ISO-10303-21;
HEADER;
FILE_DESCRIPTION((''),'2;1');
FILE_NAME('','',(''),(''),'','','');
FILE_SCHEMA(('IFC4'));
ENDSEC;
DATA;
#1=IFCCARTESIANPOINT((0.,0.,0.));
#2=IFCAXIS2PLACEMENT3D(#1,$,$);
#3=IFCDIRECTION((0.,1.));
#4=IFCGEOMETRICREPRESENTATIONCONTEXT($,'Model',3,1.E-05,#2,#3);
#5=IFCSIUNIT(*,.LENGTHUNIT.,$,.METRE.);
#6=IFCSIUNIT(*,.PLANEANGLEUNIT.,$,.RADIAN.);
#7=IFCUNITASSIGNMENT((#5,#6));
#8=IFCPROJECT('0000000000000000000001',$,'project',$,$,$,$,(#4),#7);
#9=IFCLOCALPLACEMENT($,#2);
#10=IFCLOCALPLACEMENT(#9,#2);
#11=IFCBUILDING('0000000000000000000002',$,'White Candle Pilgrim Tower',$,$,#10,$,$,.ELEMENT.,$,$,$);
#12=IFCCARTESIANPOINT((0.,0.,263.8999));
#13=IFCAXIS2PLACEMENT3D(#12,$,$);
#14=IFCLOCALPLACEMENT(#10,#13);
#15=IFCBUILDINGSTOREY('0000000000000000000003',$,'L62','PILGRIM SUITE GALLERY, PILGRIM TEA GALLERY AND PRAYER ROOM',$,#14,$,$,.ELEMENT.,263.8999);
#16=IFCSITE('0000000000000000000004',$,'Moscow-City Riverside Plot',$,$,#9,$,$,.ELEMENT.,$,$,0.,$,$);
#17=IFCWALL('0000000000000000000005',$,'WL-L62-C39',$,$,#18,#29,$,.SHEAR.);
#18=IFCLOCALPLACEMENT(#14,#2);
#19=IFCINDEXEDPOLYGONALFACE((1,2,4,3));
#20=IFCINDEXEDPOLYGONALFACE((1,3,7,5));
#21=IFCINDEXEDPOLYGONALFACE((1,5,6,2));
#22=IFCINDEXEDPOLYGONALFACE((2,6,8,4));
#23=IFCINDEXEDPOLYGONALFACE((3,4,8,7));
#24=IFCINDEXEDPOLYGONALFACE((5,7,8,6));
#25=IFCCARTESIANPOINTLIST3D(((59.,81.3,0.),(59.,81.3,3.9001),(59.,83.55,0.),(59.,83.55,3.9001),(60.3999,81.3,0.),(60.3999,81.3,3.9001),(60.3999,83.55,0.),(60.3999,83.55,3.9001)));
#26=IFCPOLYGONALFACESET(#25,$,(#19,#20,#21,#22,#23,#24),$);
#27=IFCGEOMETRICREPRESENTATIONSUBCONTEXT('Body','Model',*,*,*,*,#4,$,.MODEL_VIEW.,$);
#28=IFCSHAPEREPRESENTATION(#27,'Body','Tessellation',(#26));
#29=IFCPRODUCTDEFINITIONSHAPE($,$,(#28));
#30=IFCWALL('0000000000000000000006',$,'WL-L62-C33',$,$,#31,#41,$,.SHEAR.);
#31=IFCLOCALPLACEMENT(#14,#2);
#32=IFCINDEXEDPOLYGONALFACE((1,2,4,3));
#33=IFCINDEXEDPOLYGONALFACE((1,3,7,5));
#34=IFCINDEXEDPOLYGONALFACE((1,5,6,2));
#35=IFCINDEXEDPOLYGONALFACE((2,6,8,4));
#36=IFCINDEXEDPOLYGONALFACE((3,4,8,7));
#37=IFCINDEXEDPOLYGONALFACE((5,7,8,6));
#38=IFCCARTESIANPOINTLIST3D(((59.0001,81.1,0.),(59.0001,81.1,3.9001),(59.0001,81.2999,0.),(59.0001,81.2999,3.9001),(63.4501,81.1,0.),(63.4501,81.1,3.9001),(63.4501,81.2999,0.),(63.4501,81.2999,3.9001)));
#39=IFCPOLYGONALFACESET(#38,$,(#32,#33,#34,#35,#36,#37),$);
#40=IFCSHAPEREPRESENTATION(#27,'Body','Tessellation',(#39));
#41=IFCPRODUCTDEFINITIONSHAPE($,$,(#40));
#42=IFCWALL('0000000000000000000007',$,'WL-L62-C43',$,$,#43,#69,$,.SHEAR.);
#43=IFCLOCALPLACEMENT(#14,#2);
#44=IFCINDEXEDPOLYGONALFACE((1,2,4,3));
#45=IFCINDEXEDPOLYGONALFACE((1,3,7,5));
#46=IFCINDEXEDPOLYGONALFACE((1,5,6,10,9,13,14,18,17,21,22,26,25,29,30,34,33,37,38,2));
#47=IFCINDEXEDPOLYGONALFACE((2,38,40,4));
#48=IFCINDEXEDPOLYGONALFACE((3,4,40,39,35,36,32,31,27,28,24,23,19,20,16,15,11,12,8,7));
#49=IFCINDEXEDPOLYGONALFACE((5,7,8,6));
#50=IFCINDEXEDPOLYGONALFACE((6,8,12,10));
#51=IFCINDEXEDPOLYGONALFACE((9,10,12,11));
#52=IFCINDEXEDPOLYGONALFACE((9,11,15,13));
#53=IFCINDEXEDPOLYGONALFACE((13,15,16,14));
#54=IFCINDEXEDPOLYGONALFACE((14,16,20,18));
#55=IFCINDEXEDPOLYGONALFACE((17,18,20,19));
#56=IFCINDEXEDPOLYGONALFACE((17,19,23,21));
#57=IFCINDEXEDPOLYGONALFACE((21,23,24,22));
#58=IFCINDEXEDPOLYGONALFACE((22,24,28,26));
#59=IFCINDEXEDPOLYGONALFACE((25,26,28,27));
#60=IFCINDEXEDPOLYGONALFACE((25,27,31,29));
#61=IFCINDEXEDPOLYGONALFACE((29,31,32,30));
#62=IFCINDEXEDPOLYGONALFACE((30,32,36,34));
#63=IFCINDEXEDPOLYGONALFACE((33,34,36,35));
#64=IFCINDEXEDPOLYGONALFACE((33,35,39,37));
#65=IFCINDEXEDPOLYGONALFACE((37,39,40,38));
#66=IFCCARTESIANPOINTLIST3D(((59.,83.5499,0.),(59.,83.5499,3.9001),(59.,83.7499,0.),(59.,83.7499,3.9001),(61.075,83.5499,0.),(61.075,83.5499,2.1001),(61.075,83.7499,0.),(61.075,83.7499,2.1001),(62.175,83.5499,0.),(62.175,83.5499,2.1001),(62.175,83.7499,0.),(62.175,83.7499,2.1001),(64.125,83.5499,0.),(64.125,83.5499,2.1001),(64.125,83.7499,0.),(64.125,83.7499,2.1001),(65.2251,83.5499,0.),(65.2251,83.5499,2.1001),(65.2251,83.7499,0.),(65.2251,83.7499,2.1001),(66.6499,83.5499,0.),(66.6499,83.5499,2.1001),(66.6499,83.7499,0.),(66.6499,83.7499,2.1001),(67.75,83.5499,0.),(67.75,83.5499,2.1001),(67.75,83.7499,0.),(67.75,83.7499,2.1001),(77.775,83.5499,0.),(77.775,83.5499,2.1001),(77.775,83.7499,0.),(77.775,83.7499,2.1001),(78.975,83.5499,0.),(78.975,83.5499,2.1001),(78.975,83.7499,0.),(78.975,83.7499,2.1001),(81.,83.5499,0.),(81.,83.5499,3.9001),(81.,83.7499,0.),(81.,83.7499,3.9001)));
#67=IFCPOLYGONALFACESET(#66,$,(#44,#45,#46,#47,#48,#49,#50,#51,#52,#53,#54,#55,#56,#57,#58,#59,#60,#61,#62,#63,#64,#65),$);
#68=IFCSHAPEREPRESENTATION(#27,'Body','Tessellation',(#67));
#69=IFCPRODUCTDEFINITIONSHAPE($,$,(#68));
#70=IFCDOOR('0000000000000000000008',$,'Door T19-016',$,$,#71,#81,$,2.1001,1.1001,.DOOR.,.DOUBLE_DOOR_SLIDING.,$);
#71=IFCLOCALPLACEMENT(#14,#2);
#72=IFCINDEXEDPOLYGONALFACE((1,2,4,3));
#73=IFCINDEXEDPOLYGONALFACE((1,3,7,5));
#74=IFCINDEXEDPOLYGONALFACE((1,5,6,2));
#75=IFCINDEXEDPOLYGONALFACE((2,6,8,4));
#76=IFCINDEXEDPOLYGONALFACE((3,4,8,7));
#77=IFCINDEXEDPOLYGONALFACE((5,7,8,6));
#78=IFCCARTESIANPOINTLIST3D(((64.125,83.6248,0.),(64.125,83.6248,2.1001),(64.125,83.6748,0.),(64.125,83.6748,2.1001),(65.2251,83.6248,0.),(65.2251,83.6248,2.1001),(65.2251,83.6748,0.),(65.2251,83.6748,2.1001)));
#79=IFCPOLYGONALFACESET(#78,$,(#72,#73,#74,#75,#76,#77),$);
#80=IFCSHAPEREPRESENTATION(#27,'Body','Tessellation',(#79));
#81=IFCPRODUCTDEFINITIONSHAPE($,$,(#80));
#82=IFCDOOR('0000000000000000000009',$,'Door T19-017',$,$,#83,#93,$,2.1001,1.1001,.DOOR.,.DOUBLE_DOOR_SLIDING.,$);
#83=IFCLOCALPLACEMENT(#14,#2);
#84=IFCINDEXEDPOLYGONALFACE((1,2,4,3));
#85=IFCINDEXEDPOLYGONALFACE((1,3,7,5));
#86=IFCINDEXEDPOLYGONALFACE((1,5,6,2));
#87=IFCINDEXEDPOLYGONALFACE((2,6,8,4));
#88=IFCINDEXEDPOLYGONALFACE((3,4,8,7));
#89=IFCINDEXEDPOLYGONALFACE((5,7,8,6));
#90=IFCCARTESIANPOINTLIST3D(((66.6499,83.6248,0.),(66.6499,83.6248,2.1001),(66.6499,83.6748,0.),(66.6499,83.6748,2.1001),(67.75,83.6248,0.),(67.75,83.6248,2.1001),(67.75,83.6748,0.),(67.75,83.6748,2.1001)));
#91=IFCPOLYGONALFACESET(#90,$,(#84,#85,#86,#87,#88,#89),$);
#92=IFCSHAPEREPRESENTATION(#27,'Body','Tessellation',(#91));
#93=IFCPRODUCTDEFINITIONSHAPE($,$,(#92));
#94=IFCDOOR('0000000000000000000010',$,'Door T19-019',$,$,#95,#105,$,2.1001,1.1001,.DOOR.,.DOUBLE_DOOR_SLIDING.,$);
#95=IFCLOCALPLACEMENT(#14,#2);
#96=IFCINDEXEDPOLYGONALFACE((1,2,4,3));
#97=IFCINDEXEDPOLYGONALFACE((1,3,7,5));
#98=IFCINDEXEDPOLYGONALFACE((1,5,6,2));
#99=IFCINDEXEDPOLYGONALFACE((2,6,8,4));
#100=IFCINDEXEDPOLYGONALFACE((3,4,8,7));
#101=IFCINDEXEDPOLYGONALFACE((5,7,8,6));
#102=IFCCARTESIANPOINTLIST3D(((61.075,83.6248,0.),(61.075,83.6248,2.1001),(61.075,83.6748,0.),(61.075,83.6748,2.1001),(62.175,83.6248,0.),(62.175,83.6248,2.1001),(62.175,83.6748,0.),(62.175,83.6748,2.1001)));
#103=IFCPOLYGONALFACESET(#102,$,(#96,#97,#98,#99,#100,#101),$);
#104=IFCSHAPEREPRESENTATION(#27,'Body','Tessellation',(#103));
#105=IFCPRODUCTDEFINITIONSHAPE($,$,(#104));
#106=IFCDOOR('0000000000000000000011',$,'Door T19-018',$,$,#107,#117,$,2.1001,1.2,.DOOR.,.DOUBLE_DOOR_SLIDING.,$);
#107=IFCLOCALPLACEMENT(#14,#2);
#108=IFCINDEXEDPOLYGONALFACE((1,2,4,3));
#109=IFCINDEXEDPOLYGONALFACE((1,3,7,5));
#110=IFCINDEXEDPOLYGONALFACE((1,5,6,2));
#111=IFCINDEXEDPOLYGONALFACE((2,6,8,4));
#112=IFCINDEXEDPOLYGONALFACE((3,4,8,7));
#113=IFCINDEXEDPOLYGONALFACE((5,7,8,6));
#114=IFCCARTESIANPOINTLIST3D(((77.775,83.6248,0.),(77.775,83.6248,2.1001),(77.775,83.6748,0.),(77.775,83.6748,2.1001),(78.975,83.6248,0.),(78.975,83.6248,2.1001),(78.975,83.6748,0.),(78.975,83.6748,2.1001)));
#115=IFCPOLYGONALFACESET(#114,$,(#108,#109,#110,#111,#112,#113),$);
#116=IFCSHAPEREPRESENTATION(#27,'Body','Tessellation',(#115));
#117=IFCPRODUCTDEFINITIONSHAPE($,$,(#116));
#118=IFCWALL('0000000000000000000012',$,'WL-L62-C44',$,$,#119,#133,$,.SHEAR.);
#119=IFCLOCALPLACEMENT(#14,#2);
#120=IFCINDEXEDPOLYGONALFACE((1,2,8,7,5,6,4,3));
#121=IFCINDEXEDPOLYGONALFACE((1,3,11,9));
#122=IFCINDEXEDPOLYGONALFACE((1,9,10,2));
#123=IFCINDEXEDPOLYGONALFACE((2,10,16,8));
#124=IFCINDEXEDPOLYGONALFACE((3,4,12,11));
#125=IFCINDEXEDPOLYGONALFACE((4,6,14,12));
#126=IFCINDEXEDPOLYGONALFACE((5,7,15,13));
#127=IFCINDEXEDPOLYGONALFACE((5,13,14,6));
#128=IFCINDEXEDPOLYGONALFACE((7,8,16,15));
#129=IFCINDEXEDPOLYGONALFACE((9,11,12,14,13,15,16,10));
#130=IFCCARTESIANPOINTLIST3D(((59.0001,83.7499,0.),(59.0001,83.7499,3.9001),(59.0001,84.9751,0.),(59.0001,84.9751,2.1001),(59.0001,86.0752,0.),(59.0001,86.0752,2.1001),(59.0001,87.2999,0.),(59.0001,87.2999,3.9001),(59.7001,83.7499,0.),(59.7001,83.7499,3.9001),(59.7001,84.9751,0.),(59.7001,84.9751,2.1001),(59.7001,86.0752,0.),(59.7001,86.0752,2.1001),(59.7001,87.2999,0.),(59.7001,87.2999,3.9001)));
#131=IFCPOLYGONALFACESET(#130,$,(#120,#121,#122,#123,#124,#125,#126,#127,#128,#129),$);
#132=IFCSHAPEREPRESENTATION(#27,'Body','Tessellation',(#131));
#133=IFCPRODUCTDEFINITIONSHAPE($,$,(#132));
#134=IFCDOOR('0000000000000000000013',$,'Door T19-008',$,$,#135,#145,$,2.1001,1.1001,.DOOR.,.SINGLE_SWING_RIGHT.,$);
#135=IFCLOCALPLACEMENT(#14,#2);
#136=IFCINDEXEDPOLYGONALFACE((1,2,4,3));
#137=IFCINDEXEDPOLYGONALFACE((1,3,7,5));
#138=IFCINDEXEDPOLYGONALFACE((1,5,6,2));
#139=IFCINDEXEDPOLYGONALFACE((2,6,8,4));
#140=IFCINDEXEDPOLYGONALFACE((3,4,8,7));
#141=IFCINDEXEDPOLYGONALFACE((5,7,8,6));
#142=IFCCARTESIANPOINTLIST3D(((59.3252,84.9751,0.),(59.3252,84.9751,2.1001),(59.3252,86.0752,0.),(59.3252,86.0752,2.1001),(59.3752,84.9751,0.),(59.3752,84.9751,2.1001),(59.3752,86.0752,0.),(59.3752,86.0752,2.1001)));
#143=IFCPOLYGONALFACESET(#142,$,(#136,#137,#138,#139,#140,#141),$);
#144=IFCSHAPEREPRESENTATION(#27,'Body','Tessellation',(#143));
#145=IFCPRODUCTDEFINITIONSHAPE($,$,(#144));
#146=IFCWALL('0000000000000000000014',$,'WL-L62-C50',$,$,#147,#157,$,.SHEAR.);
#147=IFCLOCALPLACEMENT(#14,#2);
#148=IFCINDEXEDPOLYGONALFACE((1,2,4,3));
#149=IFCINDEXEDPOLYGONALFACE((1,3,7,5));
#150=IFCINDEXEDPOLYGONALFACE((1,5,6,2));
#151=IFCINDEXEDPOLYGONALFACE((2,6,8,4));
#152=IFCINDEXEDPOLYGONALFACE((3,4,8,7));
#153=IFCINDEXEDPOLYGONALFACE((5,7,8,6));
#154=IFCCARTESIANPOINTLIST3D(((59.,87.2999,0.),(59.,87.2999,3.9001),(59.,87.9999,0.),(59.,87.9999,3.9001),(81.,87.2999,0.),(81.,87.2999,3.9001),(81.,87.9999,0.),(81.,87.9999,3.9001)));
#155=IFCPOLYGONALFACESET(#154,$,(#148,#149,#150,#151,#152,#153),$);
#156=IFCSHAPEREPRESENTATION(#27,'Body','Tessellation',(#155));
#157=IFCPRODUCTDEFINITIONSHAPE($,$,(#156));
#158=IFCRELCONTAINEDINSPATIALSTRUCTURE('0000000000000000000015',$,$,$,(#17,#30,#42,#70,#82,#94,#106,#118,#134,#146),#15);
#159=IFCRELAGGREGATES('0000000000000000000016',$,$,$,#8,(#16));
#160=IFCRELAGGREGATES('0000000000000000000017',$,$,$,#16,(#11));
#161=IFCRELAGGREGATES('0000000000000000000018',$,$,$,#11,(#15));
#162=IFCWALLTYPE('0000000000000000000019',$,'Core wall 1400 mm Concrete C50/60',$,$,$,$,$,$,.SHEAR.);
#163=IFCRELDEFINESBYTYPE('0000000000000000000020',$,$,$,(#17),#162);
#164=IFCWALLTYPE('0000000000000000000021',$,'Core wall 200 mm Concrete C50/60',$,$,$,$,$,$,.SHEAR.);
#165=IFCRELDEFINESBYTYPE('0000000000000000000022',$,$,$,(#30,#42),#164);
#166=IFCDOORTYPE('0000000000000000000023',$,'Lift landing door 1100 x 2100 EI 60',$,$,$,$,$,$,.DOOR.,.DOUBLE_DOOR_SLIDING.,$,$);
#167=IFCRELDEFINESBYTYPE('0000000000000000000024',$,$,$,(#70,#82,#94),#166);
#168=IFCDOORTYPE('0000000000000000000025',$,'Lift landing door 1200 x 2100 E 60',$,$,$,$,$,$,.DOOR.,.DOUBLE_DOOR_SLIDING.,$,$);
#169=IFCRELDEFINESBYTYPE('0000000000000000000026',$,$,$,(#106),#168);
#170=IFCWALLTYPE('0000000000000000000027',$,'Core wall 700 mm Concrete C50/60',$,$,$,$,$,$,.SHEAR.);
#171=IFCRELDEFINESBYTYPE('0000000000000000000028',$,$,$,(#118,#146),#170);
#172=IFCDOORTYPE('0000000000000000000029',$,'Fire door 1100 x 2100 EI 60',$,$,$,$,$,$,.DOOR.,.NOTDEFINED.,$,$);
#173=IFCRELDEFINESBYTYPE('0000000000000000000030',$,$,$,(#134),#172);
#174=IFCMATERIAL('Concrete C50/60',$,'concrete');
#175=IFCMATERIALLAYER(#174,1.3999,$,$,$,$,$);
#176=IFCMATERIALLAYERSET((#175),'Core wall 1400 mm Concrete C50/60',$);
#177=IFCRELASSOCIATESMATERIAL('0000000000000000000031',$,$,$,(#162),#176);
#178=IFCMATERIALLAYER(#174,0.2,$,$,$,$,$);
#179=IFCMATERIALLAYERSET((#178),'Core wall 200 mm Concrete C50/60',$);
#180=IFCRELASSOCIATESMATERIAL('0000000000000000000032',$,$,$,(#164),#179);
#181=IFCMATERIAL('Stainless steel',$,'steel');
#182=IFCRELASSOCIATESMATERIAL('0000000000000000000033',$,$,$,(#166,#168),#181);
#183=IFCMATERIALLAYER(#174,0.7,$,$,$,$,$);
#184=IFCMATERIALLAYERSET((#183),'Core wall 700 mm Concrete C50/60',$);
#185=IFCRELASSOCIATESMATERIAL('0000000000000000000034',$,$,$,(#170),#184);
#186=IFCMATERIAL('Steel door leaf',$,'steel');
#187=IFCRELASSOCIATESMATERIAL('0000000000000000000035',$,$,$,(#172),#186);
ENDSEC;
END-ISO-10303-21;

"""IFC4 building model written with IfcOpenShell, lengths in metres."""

from ifc_helpers import new_model, si_unit, direction, frame, frame_2d, origin, place, context, subcontext, project, spatial, rectangle, extrude, material, layer, layer_set, type_object, element, fill, save


model = new_model("IFC4")

# Units and contexts
model_context = context("Model", 3, precision=1e-05, world=origin(), true_north=direction((0.0, 1.0)))
body_context = subcontext(model_context, "Body", "Model", "MODEL_VIEW")
ifc_project = project(units=[si_unit("LENGTHUNIT", "METRE"), si_unit("PLANEANGLEUNIT", "RADIAN")], contexts=[model_context])

# Site, building, storey
site_placement = place(None, origin())
site = spatial("IfcSite", under=ifc_project, at=site_placement, Name="Moscow-City Riverside Plot", CompositionType="ELEMENT", RefElevation=0.0)
building_placement = place(site_placement, origin())
building = spatial("IfcBuilding", under=site, at=building_placement, Name="White Candle Pilgrim Tower", CompositionType="ELEMENT")
storey_placement = place(building_placement, frame((0.0, 0.0, 263.8999)))
storey = spatial("IfcBuildingStorey", under=building, at=storey_placement, Name="L62", Description="PILGRIM SUITE GALLERY, PILGRIM TEA GALLERY AND PRAYER ROOM", CompositionType="ELEMENT", Elevation=263.8999)

# Walls
ifc_material_1 = material(Name="Concrete C50/60", Category="concrete")
ifc_layer_1 = layer(ifc_material_1, 1.3999)
ifc_layer_set_1 = layer_set([ifc_layer_1], Name="Core wall 1400 mm Concrete C50/60")
wall_type_1 = type_object("IfcWallType", Name="Core wall 1400 mm Concrete C50/60", PredefinedType="SHEAR", material=ifc_layer_set_1)
wall_1_placement = place(storey_placement, frame((59.7, 81.3, 0.0), z_axis=(0.0, 0.0, 1.0), x_axis=(0.0, 1.0, 0.0)))
element("IfcWall", 1, at=wall_1_placement, inside=storey, type_object=wall_type_1, Name="WL-L62-C39", PredefinedType="SHEAR", context=body_context, shape_type="SweptSolid", body=[
    extrude(rectangle(XDim=2.25, YDim=1.3999, at=frame_2d((1.125, 0.0))), origin(), (0.0, 0.0, 1.0), 3.9001),
])
ifc_layer_2 = layer(ifc_material_1, 0.2)
ifc_layer_set_2 = layer_set([ifc_layer_2], Name="Core wall 200 mm Concrete C50/60")
wall_type_2 = type_object("IfcWallType", Name="Core wall 200 mm Concrete C50/60", PredefinedType="SHEAR", material=ifc_layer_set_2)
wall_2_placement = place(storey_placement, frame((59.0, 81.2, 0.0), z_axis=(0.0, 0.0, 1.0), x_axis=(1.0, 0.0, 0.0)))
element("IfcWall", 2, at=wall_2_placement, inside=storey, type_object=wall_type_2, Name="WL-L62-C33", PredefinedType="SHEAR", context=body_context, shape_type="SweptSolid", body=[
    extrude(rectangle(XDim=4.45, YDim=0.2, at=frame_2d((2.2251, 0.0))), origin(), (0.0, 0.0, 1.0), 3.9001),
])

# Wall, openings, doors
wall_3_placement = place(storey_placement, frame((59.0, 83.6499, 0.0), z_axis=(0.0, 0.0, 1.0), x_axis=(1.0, 0.0, 0.0)))
wall_3 = element("IfcWall", 3, at=wall_3_placement, inside=storey, type_object=wall_type_2, Name="WL-L62-C43", PredefinedType="SHEAR", context=body_context, shape_type="SweptSolid", body=[
    extrude(rectangle(XDim=22.0, YDim=0.2, at=frame_2d((11.0, 0.0))), origin(), (0.0, 0.0, 1.0), 3.9001),
])
opening_1_placement = place(wall_3_placement, frame((5.125, 0.0, 0.0)))
opening_1 = element("IfcOpeningElement", 4, at=opening_1_placement, cuts=wall_3, PredefinedType="OPENING", context=body_context, shape_type="SweptSolid", body=[
    extrude(rectangle(XDim=1.1001, YDim=2.1001, at=frame_2d((0.55, 1.05))), frame((0.0, 0.1099, 0.0), z_axis=(0.0, -1.0, 0.0), x_axis=(1.0, 0.0, 0.0)), (0.0, 0.0, 1.0), 0.22),
])
opening_2_placement = place(wall_3_placement, frame((7.6499, 0.0, 0.0)))
opening_2 = element("IfcOpeningElement", 5, at=opening_2_placement, cuts=wall_3, PredefinedType="OPENING", context=body_context, shape_type="SweptSolid", body=[
    extrude(rectangle(XDim=1.1001, YDim=2.1001, at=frame_2d((0.55, 1.05))), frame((0.0, 0.1099, 0.0), z_axis=(0.0, -1.0, 0.0), x_axis=(1.0, 0.0, 0.0)), (0.0, 0.0, 1.0), 0.22),
])
opening_3_placement = place(wall_3_placement, frame((18.7749, 0.0, 0.0)))
opening_3 = element("IfcOpeningElement", 6, at=opening_3_placement, cuts=wall_3, PredefinedType="OPENING", context=body_context, shape_type="SweptSolid", body=[
    extrude(rectangle(XDim=1.2, YDim=2.1001, at=frame_2d((0.6001, 1.05))), frame((0.0, 0.1099, 0.0), z_axis=(0.0, -1.0, 0.0), x_axis=(1.0, 0.0, 0.0)), (0.0, 0.0, 1.0), 0.22),
])
opening_4_placement = place(wall_3_placement, frame((2.075, 0.0, 0.0)))
opening_4 = element("IfcOpeningElement", 7, at=opening_4_placement, cuts=wall_3, PredefinedType="OPENING", context=body_context, shape_type="SweptSolid", body=[
    extrude(rectangle(XDim=1.1001, YDim=2.1001, at=frame_2d((0.55, 1.05))), frame((0.0, 0.1099, 0.0), z_axis=(0.0, -1.0, 0.0), x_axis=(1.0, 0.0, 0.0)), (0.0, 0.0, 1.0), 0.22),
])
ifc_material_2 = material(Name="Stainless steel", Category="steel")
door_type_1 = type_object("IfcDoorType", Name="Lift landing door 1100 x 2100 EI 60", OperationType="DOUBLE_DOOR_SLIDING", PredefinedType="DOOR", material=ifc_material_2)
door_1_placement = place(opening_1_placement, origin())
door_1 = element("IfcDoor", 8, at=door_1_placement, inside=storey, type_object=door_type_1, Name="Door T19-016", OperationType="DOUBLE_DOOR_SLIDING", OverallHeight=2.1001, OverallWidth=1.1001, PredefinedType="DOOR", context=body_context, shape_type="SweptSolid", body=[
    extrude(rectangle(XDim=1.1001, YDim=2.1001, at=frame_2d((0.55, 1.05))), frame((0.0, 0.0249, 0.0), z_axis=(0.0, -1.0, 0.0), x_axis=(1.0, 0.0, 0.0)), (0.0, 0.0, 1.0), 0.05),
])
fill(opening_1, door_1)
door_2_placement = place(opening_2_placement, origin())
door_2 = element("IfcDoor", 9, at=door_2_placement, inside=storey, type_object=door_type_1, Name="Door T19-017", OperationType="DOUBLE_DOOR_SLIDING", OverallHeight=2.1001, OverallWidth=1.1001, PredefinedType="DOOR", context=body_context, shape_type="SweptSolid", body=[
    extrude(rectangle(XDim=1.1001, YDim=2.1001, at=frame_2d((0.55, 1.05))), frame((0.0, 0.0249, 0.0), z_axis=(0.0, -1.0, 0.0), x_axis=(1.0, 0.0, 0.0)), (0.0, 0.0, 1.0), 0.05),
])
fill(opening_2, door_2)
door_3_placement = place(opening_4_placement, origin())
door_3 = element("IfcDoor", 10, at=door_3_placement, inside=storey, type_object=door_type_1, Name="Door T19-019", OperationType="DOUBLE_DOOR_SLIDING", OverallHeight=2.1001, OverallWidth=1.1001, PredefinedType="DOOR", context=body_context, shape_type="SweptSolid", body=[
    extrude(rectangle(XDim=1.1001, YDim=2.1001, at=frame_2d((0.55, 1.05))), frame((0.0, 0.0249, 0.0), z_axis=(0.0, -1.0, 0.0), x_axis=(1.0, 0.0, 0.0)), (0.0, 0.0, 1.0), 0.05),
])
fill(opening_4, door_3)
door_type_2 = type_object("IfcDoorType", Name="Lift landing door 1200 x 2100 E 60", OperationType="DOUBLE_DOOR_SLIDING", PredefinedType="DOOR", material=ifc_material_2)
door_4_placement = place(opening_3_placement, origin())
door_4 = element("IfcDoor", 11, at=door_4_placement, inside=storey, type_object=door_type_2, Name="Door T19-018", OperationType="DOUBLE_DOOR_SLIDING", OverallHeight=2.1001, OverallWidth=1.2, PredefinedType="DOOR", context=body_context, shape_type="SweptSolid", body=[
    extrude(rectangle(XDim=1.2, YDim=2.1001, at=frame_2d((0.6001, 1.05))), frame((0.0, 0.0249, 0.0), z_axis=(0.0, -1.0, 0.0), x_axis=(1.0, 0.0, 0.0)), (0.0, 0.0, 1.0), 0.05),
])
fill(opening_3, door_4)

# Wall, opening, door
ifc_layer_3 = layer(ifc_material_1, 0.7)
ifc_layer_set_3 = layer_set([ifc_layer_3], Name="Core wall 700 mm Concrete C50/60")
wall_type_3 = type_object("IfcWallType", Name="Core wall 700 mm Concrete C50/60", PredefinedType="SHEAR", material=ifc_layer_set_3)
wall_4_placement = place(storey_placement, frame((59.3501, 83.75, 0.0), z_axis=(0.0, 0.0, 1.0), x_axis=(0.0, 1.0, 0.0)))
wall_4 = element("IfcWall", 12, at=wall_4_placement, inside=storey, type_object=wall_type_3, Name="WL-L62-C44", PredefinedType="SHEAR", context=body_context, shape_type="SweptSolid", body=[
    extrude(rectangle(XDim=3.55, YDim=0.7, at=frame_2d((1.7749, 0.0))), origin(), (0.0, 0.0, 1.0), 3.9001),
])
opening_5_placement = place(wall_4_placement, frame((1.2251, 0.0, 0.0)))
opening_5 = element("IfcOpeningElement", 13, at=opening_5_placement, cuts=wall_4, PredefinedType="OPENING", context=body_context, shape_type="SweptSolid", body=[
    extrude(rectangle(XDim=1.1001, YDim=2.1001, at=frame_2d((0.55, 1.05))), frame((0.0, 0.3599, 0.0), z_axis=(0.0, -1.0, 0.0), x_axis=(1.0, 0.0, 0.0)), (0.0, 0.0, 1.0), 0.72),
])
ifc_material_3 = material(Name="Steel door leaf", Category="steel")
door_type_3 = type_object("IfcDoorType", Name="Fire door 1100 x 2100 EI 60", OperationType="NOTDEFINED", PredefinedType="DOOR", material=ifc_material_3)
door_5_placement = place(opening_5_placement, origin())
door_5 = element("IfcDoor", 14, at=door_5_placement, inside=storey, type_object=door_type_3, Name="Door T19-008", OperationType="SINGLE_SWING_RIGHT", OverallHeight=2.1001, OverallWidth=1.1001, PredefinedType="DOOR", context=body_context, shape_type="SweptSolid", body=[
    extrude(rectangle(XDim=1.1001, YDim=2.1001, at=frame_2d((0.55, 1.05))), frame((0.0, 0.0249, 0.0), z_axis=(0.0, -1.0, 0.0), x_axis=(1.0, 0.0, 0.0)), (0.0, 0.0, 1.0), 0.05),
])
fill(opening_5, door_5)

# Wall
wall_5_placement = place(storey_placement, frame((59.0, 87.6499, 0.0), z_axis=(0.0, 0.0, 1.0), x_axis=(1.0, 0.0, 0.0)))
element("IfcWall", 15, at=wall_5_placement, inside=storey, type_object=wall_type_3, Name="WL-L62-C50", PredefinedType="SHEAR", context=body_context, shape_type="SweptSolid", body=[
    extrude(rectangle(XDim=22.0, YDim=0.7, at=frame_2d((11.0, 0.0))), origin(), (0.0, 0.0, 1.0), 3.9001),
])

save(model, "model.ifc")
